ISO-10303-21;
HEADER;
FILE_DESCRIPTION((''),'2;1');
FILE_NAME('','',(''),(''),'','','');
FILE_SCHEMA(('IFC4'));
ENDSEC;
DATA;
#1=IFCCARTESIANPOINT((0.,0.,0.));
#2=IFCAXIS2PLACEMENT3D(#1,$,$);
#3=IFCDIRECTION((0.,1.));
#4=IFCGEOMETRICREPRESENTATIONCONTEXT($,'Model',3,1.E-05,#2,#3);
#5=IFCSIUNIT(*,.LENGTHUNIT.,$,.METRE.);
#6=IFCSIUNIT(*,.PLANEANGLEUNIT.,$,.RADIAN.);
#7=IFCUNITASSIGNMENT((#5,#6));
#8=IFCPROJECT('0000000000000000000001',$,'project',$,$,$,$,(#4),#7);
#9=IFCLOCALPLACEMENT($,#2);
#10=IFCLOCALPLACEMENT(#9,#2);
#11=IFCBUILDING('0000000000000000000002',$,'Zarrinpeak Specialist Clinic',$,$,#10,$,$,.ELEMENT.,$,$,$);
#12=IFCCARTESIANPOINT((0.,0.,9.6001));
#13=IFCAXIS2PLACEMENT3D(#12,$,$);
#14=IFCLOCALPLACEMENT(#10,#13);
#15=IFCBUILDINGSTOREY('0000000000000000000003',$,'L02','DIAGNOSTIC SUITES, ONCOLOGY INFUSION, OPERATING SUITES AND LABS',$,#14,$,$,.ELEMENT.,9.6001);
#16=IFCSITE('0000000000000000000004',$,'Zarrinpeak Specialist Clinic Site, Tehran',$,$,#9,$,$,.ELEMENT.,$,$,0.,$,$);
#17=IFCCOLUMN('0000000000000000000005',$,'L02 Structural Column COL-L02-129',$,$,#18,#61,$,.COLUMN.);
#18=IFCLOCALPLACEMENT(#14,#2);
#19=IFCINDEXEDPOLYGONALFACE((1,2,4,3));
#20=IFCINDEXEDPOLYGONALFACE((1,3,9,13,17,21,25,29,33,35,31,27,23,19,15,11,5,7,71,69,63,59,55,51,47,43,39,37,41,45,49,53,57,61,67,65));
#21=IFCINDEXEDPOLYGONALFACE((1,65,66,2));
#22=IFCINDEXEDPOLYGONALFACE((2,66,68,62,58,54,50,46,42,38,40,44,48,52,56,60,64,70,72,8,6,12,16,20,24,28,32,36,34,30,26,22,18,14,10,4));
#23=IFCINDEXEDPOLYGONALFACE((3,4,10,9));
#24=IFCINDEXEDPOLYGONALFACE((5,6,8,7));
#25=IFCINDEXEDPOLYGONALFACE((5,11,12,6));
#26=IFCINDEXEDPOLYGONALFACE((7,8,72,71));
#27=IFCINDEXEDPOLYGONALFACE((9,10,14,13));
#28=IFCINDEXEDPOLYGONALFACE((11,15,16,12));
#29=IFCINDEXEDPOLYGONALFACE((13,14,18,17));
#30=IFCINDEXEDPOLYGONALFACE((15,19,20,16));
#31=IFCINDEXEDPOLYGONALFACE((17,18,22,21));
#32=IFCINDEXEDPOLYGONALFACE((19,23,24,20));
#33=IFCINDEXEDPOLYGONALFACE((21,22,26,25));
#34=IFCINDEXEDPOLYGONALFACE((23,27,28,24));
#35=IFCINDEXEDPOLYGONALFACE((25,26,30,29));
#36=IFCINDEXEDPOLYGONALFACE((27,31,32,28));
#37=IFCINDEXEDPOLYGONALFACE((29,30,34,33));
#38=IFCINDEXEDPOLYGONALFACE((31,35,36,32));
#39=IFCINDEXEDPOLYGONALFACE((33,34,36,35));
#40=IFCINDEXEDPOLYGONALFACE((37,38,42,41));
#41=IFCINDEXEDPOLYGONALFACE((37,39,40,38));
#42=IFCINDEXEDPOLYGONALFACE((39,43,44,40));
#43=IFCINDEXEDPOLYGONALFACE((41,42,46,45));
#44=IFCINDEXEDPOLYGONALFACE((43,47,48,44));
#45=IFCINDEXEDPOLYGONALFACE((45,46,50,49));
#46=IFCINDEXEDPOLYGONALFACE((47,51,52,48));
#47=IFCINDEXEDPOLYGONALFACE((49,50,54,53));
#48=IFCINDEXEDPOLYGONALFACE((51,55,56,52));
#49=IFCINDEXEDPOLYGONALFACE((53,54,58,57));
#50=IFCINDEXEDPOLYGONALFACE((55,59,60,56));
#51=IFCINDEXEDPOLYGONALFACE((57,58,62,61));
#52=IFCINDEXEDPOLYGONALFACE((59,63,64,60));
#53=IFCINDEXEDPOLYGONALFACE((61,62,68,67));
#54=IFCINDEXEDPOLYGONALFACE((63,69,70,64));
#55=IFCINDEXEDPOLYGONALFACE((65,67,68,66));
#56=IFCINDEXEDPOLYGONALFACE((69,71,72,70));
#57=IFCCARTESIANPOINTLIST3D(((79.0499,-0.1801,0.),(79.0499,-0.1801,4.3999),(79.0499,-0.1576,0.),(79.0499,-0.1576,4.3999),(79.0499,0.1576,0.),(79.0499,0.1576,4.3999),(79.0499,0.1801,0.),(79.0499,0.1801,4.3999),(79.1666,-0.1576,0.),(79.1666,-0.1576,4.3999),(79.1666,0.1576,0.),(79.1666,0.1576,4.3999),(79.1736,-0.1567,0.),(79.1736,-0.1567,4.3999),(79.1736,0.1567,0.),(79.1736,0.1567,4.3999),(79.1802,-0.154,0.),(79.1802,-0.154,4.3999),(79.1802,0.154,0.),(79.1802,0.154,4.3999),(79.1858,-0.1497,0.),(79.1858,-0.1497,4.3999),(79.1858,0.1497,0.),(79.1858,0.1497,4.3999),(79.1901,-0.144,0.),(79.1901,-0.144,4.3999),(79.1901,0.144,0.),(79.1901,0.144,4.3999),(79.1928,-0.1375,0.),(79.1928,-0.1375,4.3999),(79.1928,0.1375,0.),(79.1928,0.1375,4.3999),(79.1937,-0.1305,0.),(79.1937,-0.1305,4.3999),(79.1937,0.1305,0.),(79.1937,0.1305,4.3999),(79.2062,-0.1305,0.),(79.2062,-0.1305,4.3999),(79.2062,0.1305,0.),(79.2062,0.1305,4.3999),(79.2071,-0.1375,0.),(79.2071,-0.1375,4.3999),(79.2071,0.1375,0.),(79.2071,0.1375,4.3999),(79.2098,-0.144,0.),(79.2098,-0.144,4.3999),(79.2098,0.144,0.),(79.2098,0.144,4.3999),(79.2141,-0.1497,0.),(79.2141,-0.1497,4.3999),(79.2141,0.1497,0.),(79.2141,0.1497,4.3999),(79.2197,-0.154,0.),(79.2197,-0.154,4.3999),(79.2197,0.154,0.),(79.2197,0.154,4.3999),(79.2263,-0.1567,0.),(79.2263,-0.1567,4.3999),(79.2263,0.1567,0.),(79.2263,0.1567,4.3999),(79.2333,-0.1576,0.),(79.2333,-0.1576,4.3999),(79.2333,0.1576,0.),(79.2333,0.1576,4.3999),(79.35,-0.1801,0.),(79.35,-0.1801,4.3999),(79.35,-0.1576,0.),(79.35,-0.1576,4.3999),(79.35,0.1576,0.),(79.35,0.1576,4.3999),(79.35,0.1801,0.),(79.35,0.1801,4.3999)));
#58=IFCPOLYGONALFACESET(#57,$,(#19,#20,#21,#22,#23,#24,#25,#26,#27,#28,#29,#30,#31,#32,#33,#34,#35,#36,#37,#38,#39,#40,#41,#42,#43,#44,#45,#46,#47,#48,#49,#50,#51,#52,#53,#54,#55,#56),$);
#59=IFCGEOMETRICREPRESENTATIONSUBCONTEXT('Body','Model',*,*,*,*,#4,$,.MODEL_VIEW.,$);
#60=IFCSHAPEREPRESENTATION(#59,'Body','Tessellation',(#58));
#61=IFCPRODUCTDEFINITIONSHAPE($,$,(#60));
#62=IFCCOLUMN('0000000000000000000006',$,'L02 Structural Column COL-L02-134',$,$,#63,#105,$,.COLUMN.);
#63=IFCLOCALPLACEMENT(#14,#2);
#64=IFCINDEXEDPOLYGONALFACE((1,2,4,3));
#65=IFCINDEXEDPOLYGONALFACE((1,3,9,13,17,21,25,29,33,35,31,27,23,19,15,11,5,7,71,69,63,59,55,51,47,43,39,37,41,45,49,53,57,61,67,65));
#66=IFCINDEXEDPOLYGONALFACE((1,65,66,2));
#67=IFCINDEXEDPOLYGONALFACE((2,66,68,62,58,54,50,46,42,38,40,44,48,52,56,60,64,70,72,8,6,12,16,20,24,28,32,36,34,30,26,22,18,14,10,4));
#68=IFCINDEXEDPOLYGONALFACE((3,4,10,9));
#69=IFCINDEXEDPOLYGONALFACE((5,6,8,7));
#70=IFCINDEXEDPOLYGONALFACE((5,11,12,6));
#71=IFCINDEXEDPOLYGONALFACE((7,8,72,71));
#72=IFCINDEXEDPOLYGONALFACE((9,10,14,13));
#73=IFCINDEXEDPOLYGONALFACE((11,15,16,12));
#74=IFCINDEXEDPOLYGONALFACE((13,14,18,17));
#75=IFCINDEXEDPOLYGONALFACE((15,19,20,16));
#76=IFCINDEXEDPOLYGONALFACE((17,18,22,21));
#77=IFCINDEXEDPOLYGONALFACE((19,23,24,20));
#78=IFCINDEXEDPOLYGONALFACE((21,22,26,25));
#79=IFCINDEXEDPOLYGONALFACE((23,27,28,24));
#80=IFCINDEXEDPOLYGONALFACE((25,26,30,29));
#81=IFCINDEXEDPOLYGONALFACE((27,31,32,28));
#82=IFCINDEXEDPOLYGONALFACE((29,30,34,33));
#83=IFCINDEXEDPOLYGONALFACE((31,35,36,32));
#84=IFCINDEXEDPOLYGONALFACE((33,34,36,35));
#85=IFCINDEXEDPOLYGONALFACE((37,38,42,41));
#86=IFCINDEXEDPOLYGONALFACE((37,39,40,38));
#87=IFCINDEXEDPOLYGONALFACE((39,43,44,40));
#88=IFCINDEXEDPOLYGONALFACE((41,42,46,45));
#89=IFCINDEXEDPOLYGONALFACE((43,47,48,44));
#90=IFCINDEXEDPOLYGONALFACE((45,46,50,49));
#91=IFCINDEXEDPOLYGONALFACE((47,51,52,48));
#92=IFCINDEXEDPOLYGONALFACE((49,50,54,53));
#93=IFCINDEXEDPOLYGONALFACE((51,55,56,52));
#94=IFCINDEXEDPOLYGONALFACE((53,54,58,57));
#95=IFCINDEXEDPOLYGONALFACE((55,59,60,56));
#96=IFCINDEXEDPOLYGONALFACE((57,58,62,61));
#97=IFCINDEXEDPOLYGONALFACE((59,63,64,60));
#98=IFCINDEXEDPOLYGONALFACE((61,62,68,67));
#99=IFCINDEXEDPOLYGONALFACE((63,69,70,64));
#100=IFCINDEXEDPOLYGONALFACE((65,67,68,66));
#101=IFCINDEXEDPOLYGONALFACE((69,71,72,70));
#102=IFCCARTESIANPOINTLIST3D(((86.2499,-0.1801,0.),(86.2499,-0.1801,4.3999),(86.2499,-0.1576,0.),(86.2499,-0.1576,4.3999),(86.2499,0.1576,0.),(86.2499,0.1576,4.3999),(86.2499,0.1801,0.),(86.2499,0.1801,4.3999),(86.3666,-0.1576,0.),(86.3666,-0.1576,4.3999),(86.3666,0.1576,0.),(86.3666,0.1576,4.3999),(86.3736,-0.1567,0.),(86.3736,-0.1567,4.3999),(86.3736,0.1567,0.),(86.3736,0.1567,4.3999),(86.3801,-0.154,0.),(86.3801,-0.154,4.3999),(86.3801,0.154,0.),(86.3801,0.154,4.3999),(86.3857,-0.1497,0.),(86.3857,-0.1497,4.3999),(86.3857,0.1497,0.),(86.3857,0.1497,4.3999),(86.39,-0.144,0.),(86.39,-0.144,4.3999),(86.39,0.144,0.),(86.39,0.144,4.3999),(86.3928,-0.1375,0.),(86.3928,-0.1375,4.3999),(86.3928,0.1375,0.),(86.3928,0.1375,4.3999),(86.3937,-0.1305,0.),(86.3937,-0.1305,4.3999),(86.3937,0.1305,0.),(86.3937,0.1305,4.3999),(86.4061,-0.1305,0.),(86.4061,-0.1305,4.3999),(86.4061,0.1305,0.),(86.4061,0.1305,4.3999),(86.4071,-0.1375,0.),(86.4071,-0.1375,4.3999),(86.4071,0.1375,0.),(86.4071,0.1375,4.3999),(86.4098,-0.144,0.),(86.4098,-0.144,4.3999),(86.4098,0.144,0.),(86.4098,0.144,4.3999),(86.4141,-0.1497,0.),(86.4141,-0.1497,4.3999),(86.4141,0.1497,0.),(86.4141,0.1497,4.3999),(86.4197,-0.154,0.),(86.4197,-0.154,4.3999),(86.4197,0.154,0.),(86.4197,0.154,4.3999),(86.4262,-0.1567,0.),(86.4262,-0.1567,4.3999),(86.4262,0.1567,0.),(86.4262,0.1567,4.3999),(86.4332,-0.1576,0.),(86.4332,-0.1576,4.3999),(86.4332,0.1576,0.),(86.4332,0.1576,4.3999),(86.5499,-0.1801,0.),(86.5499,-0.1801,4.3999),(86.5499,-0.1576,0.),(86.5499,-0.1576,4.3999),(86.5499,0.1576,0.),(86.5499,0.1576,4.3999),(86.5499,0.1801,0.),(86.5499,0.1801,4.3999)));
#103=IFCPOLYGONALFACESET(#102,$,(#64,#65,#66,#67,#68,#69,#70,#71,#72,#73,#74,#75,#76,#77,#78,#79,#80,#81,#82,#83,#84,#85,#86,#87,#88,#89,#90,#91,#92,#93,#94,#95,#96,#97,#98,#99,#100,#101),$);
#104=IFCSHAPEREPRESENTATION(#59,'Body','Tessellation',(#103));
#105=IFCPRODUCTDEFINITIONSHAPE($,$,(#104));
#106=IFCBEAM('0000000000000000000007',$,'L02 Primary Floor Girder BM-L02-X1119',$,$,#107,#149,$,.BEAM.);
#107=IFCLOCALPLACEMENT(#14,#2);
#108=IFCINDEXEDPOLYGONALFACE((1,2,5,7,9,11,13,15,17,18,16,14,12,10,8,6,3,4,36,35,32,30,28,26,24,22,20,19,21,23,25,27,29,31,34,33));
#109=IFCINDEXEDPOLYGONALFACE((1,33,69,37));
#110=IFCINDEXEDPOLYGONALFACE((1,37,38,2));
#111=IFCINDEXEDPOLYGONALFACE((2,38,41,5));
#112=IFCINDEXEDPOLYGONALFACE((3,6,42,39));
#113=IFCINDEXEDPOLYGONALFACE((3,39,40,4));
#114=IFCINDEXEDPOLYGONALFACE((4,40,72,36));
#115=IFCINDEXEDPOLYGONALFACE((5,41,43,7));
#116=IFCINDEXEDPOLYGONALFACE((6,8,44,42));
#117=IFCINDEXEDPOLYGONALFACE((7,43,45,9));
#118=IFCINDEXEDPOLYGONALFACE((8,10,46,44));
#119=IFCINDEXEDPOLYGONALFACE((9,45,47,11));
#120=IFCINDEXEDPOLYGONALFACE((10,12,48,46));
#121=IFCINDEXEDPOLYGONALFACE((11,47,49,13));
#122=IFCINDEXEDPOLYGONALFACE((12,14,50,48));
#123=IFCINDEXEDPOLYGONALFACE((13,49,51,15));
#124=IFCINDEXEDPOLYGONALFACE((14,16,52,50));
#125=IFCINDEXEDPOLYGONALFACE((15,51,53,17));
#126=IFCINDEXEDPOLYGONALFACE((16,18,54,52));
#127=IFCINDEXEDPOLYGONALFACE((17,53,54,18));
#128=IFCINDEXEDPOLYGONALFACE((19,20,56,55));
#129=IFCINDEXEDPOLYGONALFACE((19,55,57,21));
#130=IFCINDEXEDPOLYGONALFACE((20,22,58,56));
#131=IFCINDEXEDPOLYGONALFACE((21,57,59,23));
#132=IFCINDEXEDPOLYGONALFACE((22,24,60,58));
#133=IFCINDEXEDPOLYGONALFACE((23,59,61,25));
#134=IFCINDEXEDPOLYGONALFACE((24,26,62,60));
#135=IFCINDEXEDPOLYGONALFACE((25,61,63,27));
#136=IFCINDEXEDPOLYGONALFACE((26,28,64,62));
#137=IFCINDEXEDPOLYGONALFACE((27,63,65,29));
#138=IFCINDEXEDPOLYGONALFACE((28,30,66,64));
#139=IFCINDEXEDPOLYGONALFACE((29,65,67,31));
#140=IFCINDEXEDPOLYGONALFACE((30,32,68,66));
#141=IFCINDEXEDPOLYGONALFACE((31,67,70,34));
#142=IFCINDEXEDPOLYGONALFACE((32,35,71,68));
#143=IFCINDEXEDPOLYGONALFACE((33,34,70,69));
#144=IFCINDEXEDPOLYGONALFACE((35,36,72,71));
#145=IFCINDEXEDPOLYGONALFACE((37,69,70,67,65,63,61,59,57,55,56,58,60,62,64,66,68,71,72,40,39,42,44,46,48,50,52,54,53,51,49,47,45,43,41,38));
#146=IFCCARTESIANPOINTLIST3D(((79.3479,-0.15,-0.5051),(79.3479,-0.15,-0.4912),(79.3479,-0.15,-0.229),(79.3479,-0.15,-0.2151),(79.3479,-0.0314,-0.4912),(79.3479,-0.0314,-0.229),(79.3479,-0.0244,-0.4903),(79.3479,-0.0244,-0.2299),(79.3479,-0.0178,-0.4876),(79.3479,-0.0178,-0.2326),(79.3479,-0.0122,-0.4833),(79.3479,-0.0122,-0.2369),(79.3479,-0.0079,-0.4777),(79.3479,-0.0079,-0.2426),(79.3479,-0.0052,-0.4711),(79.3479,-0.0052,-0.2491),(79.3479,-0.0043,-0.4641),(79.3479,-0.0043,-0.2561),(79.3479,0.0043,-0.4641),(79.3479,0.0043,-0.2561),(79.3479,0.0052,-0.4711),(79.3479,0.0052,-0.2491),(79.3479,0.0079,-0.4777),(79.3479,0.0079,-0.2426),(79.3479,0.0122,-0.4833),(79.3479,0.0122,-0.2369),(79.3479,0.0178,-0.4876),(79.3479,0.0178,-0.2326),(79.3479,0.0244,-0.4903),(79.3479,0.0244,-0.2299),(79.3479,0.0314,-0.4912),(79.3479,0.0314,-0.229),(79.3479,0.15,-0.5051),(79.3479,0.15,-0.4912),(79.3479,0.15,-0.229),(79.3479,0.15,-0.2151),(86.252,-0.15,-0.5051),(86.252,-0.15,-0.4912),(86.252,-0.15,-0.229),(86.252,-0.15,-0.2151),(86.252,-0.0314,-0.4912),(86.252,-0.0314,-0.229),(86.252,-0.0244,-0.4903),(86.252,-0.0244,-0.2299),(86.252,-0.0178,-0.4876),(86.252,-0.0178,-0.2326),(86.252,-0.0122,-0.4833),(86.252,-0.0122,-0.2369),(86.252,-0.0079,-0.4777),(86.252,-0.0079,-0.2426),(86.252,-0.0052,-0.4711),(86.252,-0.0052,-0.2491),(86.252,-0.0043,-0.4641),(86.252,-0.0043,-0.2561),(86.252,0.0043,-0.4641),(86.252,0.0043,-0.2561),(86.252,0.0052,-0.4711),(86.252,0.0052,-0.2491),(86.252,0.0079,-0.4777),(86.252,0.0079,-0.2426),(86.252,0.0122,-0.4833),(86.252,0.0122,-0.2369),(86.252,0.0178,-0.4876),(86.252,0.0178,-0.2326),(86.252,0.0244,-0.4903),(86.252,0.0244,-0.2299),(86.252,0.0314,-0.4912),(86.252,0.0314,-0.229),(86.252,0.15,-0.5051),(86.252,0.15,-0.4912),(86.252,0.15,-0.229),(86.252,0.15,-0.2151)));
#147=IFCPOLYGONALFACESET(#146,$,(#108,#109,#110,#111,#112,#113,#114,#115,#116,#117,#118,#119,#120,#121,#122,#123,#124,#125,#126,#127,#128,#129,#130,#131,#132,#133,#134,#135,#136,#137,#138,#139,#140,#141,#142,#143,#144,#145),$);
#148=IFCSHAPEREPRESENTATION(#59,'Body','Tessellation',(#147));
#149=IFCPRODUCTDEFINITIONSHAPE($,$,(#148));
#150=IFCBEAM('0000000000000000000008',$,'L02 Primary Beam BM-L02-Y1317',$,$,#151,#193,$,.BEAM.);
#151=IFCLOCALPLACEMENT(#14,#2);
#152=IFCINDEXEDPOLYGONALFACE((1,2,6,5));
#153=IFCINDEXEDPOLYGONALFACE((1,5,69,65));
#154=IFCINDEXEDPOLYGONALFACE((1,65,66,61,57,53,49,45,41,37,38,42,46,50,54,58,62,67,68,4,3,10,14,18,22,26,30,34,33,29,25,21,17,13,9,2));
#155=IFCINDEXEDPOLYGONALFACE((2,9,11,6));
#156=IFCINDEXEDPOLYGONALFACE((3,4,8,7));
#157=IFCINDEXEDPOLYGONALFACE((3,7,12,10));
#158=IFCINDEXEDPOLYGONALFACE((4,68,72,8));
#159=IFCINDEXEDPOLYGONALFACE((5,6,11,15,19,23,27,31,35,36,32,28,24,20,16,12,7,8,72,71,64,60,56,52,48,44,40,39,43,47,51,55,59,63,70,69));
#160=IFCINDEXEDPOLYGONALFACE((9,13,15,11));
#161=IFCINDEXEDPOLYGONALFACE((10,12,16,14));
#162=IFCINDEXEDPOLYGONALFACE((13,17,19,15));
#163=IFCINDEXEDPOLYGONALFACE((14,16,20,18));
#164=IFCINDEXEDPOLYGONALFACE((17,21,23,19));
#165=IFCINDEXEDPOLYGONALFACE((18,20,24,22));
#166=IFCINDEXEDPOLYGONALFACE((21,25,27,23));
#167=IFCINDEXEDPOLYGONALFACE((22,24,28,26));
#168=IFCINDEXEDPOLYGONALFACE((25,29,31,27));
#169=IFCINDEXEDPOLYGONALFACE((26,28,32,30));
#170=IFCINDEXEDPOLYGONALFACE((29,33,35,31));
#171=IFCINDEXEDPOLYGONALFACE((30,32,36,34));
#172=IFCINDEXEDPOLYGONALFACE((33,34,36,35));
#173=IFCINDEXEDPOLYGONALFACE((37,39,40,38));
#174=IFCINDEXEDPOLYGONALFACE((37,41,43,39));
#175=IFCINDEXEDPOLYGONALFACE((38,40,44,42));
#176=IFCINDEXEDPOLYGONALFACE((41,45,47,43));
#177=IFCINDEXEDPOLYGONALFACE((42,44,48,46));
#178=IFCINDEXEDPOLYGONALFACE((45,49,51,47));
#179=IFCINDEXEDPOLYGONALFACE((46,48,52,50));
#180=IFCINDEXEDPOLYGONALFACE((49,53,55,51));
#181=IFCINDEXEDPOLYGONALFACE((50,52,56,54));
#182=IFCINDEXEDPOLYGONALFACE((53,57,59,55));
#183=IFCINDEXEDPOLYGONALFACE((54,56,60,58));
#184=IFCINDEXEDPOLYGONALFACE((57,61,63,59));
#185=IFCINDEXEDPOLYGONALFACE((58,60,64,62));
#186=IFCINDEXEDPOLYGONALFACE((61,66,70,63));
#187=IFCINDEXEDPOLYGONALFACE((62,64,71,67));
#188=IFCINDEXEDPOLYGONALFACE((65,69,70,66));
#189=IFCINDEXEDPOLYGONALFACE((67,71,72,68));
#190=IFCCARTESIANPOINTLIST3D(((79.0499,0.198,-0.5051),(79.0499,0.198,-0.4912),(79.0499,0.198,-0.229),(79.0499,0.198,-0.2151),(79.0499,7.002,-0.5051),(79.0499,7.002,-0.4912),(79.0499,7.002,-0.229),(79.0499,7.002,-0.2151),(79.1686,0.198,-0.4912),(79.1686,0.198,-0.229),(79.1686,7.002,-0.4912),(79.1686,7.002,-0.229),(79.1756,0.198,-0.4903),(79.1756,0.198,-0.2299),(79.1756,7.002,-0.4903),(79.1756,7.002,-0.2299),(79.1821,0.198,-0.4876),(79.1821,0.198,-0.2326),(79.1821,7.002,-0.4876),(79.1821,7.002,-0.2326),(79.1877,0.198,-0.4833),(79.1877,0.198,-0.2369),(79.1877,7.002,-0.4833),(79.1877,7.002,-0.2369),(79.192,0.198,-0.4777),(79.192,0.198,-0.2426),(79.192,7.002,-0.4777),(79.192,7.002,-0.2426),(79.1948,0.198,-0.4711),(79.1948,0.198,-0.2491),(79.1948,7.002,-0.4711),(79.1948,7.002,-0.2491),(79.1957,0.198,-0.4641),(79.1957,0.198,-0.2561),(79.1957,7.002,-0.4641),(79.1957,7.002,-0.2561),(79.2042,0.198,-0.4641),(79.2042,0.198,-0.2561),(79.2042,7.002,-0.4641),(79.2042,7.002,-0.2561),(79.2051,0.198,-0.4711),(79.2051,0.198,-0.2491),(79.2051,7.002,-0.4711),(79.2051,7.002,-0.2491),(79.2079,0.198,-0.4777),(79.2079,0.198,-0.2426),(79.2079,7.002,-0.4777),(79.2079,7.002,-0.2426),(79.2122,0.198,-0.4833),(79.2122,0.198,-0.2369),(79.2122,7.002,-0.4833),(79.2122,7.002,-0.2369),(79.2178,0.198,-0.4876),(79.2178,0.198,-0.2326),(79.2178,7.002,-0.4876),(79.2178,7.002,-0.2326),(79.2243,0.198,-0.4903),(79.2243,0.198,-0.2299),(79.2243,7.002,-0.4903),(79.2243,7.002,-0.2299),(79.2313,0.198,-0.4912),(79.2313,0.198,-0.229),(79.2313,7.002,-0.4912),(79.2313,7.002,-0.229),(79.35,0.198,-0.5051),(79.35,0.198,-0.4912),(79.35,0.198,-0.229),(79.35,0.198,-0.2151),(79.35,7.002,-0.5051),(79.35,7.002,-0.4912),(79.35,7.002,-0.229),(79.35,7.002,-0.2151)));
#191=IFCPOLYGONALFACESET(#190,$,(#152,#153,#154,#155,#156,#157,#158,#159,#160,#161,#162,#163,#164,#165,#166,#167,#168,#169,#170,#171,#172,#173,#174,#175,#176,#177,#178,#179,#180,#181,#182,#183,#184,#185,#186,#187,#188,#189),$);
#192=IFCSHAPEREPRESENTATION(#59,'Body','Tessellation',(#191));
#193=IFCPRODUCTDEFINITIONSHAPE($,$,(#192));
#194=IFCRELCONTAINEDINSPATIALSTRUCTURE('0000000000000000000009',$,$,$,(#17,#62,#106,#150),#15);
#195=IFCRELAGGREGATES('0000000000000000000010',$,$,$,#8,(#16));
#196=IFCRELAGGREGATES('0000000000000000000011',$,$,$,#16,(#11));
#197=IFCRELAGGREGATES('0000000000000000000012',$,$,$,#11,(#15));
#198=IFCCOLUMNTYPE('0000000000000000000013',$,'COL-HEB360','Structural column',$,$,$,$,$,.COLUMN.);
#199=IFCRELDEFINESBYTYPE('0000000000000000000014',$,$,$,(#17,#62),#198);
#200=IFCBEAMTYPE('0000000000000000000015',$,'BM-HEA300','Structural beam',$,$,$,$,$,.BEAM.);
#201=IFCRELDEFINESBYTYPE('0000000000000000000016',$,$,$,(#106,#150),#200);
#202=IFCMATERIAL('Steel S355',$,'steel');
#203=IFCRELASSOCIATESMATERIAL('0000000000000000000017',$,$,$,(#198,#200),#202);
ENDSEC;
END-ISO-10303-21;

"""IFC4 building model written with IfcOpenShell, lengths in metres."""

from ifc_helpers import new_model, si_unit, direction, frame, origin, origin_2d, place, context, subcontext, project, spatial, i_section, extrude, material, material_profile, profile_set, type_object, element, save


model = new_model("IFC4")

# Units and contexts
model_context = context("Model", 3, precision=1e-05, world=origin(), true_north=direction((0.0, 1.0)))
body_context = subcontext(model_context, "Body", "Model", "MODEL_VIEW")
ifc_project = project(units=[si_unit("LENGTHUNIT", "METRE"), si_unit("PLANEANGLEUNIT", "RADIAN")], contexts=[model_context])

# Site, building, storey
site_placement = place(None, origin())
site = spatial("IfcSite", under=ifc_project, at=site_placement, Name="Zarrinpeak Specialist Clinic Site, Tehran", CompositionType="ELEMENT", RefElevation=0.0)
building_placement = place(site_placement, origin())
building = spatial("IfcBuilding", under=site, at=building_placement, Name="Zarrinpeak Specialist Clinic", CompositionType="ELEMENT")
storey_placement = place(building_placement, frame((0.0, 0.0, 9.6001)))
storey = spatial("IfcBuildingStorey", under=building, at=storey_placement, Name="L02", Description="DIAGNOSTIC SUITES, ONCOLOGY INFUSION, OPERATING SUITES AND LABS", CompositionType="ELEMENT", Elevation=9.6001)

# Columns
ifc_material_1 = material(Name="Steel S355", Category="steel")
ifc_material_profile_1 = material_profile(ifc_material_1, i_section(OverallWidth=0.3, OverallDepth=0.3601, WebThickness=0.0125, FlangeThickness=0.0225, FilletRadius=0.0271, at=origin_2d()), Name="HEB 360")
ifc_profile_set_1 = profile_set([ifc_material_profile_1], Name="Steel S355")
column_type = type_object("IfcColumnType", Name="COL-HEB360", Description="Structural column", PredefinedType="COLUMN", material=ifc_profile_set_1)
for number, where, z_axis, x_axis, name in (
    (1, (79.2, 0.0, 0.0), (0.0, 0.0, 1.0), (1.0, 0.0, 0.0), "L02 Structural Column COL-L02-129"),
    (2, (86.3999, 0.0, 0.0), (0.0, 0.0, 1.0), (1.0, 0.0, 0.0), "L02 Structural Column COL-L02-134"),
):
    element("IfcColumn", number, at=place(storey_placement, frame(where, z_axis=z_axis, x_axis=x_axis)), inside=storey, type_object=column_type, Name=name, PredefinedType="COLUMN", context=body_context, shape_type="SweptSolid", body=[
        extrude(i_section(OverallWidth=0.3, OverallDepth=0.3601, WebThickness=0.0125, FlangeThickness=0.0225, FilletRadius=0.0271, at=origin_2d()), origin(), (0.0, 0.0, 1.0), 4.3999),
    ])

# Beams
ifc_material_profile_2 = material_profile(ifc_material_1, i_section(OverallWidth=0.3, OverallDepth=0.29, WebThickness=0.0085, FlangeThickness=0.0139, FilletRadius=0.0271, at=origin_2d()), Name="HEA 300")
ifc_profile_set_2 = profile_set([ifc_material_profile_2], Name="Steel S355")
beam_type_1 = type_object("IfcBeamType", Name="BM-HEA300", Description="Structural beam", PredefinedType="BEAM", material=ifc_profile_set_2)
beam_1_placement = place(storey_placement, frame((79.3479, 0.0, -0.3601), z_axis=(1.0, 0.0, 0.0), x_axis=(0.0, 1.0, 0.0)))
element("IfcBeam", 3, at=beam_1_placement, inside=storey, type_object=beam_type_1, Name="L02 Primary Floor Girder BM-L02-X1119", PredefinedType="BEAM", context=body_context, shape_type="SweptSolid", body=[
    extrude(i_section(OverallWidth=0.3, OverallDepth=0.29, WebThickness=0.0085, FlangeThickness=0.0139, FilletRadius=0.0271, at=origin_2d()), origin(), (0.0, 0.0, 1.0), 6.9041),
])
beam_2_placement = place(storey_placement, frame((79.2, 0.198, -0.3601), z_axis=(0.0, 1.0, 0.0), x_axis=(-1.0, 0.0, 0.0)))
element("IfcBeam", 4, at=beam_2_placement, inside=storey, type_object=beam_type_1, Name="L02 Primary Beam BM-L02-Y1317", PredefinedType="BEAM", context=body_context, shape_type="SweptSolid", body=[
    extrude(i_section(OverallWidth=0.3, OverallDepth=0.29, WebThickness=0.0085, FlangeThickness=0.0139, FilletRadius=0.0271, at=origin_2d()), origin(), (0.0, 0.0, 1.0), 6.804),
])

save(model, "model.ifc")
